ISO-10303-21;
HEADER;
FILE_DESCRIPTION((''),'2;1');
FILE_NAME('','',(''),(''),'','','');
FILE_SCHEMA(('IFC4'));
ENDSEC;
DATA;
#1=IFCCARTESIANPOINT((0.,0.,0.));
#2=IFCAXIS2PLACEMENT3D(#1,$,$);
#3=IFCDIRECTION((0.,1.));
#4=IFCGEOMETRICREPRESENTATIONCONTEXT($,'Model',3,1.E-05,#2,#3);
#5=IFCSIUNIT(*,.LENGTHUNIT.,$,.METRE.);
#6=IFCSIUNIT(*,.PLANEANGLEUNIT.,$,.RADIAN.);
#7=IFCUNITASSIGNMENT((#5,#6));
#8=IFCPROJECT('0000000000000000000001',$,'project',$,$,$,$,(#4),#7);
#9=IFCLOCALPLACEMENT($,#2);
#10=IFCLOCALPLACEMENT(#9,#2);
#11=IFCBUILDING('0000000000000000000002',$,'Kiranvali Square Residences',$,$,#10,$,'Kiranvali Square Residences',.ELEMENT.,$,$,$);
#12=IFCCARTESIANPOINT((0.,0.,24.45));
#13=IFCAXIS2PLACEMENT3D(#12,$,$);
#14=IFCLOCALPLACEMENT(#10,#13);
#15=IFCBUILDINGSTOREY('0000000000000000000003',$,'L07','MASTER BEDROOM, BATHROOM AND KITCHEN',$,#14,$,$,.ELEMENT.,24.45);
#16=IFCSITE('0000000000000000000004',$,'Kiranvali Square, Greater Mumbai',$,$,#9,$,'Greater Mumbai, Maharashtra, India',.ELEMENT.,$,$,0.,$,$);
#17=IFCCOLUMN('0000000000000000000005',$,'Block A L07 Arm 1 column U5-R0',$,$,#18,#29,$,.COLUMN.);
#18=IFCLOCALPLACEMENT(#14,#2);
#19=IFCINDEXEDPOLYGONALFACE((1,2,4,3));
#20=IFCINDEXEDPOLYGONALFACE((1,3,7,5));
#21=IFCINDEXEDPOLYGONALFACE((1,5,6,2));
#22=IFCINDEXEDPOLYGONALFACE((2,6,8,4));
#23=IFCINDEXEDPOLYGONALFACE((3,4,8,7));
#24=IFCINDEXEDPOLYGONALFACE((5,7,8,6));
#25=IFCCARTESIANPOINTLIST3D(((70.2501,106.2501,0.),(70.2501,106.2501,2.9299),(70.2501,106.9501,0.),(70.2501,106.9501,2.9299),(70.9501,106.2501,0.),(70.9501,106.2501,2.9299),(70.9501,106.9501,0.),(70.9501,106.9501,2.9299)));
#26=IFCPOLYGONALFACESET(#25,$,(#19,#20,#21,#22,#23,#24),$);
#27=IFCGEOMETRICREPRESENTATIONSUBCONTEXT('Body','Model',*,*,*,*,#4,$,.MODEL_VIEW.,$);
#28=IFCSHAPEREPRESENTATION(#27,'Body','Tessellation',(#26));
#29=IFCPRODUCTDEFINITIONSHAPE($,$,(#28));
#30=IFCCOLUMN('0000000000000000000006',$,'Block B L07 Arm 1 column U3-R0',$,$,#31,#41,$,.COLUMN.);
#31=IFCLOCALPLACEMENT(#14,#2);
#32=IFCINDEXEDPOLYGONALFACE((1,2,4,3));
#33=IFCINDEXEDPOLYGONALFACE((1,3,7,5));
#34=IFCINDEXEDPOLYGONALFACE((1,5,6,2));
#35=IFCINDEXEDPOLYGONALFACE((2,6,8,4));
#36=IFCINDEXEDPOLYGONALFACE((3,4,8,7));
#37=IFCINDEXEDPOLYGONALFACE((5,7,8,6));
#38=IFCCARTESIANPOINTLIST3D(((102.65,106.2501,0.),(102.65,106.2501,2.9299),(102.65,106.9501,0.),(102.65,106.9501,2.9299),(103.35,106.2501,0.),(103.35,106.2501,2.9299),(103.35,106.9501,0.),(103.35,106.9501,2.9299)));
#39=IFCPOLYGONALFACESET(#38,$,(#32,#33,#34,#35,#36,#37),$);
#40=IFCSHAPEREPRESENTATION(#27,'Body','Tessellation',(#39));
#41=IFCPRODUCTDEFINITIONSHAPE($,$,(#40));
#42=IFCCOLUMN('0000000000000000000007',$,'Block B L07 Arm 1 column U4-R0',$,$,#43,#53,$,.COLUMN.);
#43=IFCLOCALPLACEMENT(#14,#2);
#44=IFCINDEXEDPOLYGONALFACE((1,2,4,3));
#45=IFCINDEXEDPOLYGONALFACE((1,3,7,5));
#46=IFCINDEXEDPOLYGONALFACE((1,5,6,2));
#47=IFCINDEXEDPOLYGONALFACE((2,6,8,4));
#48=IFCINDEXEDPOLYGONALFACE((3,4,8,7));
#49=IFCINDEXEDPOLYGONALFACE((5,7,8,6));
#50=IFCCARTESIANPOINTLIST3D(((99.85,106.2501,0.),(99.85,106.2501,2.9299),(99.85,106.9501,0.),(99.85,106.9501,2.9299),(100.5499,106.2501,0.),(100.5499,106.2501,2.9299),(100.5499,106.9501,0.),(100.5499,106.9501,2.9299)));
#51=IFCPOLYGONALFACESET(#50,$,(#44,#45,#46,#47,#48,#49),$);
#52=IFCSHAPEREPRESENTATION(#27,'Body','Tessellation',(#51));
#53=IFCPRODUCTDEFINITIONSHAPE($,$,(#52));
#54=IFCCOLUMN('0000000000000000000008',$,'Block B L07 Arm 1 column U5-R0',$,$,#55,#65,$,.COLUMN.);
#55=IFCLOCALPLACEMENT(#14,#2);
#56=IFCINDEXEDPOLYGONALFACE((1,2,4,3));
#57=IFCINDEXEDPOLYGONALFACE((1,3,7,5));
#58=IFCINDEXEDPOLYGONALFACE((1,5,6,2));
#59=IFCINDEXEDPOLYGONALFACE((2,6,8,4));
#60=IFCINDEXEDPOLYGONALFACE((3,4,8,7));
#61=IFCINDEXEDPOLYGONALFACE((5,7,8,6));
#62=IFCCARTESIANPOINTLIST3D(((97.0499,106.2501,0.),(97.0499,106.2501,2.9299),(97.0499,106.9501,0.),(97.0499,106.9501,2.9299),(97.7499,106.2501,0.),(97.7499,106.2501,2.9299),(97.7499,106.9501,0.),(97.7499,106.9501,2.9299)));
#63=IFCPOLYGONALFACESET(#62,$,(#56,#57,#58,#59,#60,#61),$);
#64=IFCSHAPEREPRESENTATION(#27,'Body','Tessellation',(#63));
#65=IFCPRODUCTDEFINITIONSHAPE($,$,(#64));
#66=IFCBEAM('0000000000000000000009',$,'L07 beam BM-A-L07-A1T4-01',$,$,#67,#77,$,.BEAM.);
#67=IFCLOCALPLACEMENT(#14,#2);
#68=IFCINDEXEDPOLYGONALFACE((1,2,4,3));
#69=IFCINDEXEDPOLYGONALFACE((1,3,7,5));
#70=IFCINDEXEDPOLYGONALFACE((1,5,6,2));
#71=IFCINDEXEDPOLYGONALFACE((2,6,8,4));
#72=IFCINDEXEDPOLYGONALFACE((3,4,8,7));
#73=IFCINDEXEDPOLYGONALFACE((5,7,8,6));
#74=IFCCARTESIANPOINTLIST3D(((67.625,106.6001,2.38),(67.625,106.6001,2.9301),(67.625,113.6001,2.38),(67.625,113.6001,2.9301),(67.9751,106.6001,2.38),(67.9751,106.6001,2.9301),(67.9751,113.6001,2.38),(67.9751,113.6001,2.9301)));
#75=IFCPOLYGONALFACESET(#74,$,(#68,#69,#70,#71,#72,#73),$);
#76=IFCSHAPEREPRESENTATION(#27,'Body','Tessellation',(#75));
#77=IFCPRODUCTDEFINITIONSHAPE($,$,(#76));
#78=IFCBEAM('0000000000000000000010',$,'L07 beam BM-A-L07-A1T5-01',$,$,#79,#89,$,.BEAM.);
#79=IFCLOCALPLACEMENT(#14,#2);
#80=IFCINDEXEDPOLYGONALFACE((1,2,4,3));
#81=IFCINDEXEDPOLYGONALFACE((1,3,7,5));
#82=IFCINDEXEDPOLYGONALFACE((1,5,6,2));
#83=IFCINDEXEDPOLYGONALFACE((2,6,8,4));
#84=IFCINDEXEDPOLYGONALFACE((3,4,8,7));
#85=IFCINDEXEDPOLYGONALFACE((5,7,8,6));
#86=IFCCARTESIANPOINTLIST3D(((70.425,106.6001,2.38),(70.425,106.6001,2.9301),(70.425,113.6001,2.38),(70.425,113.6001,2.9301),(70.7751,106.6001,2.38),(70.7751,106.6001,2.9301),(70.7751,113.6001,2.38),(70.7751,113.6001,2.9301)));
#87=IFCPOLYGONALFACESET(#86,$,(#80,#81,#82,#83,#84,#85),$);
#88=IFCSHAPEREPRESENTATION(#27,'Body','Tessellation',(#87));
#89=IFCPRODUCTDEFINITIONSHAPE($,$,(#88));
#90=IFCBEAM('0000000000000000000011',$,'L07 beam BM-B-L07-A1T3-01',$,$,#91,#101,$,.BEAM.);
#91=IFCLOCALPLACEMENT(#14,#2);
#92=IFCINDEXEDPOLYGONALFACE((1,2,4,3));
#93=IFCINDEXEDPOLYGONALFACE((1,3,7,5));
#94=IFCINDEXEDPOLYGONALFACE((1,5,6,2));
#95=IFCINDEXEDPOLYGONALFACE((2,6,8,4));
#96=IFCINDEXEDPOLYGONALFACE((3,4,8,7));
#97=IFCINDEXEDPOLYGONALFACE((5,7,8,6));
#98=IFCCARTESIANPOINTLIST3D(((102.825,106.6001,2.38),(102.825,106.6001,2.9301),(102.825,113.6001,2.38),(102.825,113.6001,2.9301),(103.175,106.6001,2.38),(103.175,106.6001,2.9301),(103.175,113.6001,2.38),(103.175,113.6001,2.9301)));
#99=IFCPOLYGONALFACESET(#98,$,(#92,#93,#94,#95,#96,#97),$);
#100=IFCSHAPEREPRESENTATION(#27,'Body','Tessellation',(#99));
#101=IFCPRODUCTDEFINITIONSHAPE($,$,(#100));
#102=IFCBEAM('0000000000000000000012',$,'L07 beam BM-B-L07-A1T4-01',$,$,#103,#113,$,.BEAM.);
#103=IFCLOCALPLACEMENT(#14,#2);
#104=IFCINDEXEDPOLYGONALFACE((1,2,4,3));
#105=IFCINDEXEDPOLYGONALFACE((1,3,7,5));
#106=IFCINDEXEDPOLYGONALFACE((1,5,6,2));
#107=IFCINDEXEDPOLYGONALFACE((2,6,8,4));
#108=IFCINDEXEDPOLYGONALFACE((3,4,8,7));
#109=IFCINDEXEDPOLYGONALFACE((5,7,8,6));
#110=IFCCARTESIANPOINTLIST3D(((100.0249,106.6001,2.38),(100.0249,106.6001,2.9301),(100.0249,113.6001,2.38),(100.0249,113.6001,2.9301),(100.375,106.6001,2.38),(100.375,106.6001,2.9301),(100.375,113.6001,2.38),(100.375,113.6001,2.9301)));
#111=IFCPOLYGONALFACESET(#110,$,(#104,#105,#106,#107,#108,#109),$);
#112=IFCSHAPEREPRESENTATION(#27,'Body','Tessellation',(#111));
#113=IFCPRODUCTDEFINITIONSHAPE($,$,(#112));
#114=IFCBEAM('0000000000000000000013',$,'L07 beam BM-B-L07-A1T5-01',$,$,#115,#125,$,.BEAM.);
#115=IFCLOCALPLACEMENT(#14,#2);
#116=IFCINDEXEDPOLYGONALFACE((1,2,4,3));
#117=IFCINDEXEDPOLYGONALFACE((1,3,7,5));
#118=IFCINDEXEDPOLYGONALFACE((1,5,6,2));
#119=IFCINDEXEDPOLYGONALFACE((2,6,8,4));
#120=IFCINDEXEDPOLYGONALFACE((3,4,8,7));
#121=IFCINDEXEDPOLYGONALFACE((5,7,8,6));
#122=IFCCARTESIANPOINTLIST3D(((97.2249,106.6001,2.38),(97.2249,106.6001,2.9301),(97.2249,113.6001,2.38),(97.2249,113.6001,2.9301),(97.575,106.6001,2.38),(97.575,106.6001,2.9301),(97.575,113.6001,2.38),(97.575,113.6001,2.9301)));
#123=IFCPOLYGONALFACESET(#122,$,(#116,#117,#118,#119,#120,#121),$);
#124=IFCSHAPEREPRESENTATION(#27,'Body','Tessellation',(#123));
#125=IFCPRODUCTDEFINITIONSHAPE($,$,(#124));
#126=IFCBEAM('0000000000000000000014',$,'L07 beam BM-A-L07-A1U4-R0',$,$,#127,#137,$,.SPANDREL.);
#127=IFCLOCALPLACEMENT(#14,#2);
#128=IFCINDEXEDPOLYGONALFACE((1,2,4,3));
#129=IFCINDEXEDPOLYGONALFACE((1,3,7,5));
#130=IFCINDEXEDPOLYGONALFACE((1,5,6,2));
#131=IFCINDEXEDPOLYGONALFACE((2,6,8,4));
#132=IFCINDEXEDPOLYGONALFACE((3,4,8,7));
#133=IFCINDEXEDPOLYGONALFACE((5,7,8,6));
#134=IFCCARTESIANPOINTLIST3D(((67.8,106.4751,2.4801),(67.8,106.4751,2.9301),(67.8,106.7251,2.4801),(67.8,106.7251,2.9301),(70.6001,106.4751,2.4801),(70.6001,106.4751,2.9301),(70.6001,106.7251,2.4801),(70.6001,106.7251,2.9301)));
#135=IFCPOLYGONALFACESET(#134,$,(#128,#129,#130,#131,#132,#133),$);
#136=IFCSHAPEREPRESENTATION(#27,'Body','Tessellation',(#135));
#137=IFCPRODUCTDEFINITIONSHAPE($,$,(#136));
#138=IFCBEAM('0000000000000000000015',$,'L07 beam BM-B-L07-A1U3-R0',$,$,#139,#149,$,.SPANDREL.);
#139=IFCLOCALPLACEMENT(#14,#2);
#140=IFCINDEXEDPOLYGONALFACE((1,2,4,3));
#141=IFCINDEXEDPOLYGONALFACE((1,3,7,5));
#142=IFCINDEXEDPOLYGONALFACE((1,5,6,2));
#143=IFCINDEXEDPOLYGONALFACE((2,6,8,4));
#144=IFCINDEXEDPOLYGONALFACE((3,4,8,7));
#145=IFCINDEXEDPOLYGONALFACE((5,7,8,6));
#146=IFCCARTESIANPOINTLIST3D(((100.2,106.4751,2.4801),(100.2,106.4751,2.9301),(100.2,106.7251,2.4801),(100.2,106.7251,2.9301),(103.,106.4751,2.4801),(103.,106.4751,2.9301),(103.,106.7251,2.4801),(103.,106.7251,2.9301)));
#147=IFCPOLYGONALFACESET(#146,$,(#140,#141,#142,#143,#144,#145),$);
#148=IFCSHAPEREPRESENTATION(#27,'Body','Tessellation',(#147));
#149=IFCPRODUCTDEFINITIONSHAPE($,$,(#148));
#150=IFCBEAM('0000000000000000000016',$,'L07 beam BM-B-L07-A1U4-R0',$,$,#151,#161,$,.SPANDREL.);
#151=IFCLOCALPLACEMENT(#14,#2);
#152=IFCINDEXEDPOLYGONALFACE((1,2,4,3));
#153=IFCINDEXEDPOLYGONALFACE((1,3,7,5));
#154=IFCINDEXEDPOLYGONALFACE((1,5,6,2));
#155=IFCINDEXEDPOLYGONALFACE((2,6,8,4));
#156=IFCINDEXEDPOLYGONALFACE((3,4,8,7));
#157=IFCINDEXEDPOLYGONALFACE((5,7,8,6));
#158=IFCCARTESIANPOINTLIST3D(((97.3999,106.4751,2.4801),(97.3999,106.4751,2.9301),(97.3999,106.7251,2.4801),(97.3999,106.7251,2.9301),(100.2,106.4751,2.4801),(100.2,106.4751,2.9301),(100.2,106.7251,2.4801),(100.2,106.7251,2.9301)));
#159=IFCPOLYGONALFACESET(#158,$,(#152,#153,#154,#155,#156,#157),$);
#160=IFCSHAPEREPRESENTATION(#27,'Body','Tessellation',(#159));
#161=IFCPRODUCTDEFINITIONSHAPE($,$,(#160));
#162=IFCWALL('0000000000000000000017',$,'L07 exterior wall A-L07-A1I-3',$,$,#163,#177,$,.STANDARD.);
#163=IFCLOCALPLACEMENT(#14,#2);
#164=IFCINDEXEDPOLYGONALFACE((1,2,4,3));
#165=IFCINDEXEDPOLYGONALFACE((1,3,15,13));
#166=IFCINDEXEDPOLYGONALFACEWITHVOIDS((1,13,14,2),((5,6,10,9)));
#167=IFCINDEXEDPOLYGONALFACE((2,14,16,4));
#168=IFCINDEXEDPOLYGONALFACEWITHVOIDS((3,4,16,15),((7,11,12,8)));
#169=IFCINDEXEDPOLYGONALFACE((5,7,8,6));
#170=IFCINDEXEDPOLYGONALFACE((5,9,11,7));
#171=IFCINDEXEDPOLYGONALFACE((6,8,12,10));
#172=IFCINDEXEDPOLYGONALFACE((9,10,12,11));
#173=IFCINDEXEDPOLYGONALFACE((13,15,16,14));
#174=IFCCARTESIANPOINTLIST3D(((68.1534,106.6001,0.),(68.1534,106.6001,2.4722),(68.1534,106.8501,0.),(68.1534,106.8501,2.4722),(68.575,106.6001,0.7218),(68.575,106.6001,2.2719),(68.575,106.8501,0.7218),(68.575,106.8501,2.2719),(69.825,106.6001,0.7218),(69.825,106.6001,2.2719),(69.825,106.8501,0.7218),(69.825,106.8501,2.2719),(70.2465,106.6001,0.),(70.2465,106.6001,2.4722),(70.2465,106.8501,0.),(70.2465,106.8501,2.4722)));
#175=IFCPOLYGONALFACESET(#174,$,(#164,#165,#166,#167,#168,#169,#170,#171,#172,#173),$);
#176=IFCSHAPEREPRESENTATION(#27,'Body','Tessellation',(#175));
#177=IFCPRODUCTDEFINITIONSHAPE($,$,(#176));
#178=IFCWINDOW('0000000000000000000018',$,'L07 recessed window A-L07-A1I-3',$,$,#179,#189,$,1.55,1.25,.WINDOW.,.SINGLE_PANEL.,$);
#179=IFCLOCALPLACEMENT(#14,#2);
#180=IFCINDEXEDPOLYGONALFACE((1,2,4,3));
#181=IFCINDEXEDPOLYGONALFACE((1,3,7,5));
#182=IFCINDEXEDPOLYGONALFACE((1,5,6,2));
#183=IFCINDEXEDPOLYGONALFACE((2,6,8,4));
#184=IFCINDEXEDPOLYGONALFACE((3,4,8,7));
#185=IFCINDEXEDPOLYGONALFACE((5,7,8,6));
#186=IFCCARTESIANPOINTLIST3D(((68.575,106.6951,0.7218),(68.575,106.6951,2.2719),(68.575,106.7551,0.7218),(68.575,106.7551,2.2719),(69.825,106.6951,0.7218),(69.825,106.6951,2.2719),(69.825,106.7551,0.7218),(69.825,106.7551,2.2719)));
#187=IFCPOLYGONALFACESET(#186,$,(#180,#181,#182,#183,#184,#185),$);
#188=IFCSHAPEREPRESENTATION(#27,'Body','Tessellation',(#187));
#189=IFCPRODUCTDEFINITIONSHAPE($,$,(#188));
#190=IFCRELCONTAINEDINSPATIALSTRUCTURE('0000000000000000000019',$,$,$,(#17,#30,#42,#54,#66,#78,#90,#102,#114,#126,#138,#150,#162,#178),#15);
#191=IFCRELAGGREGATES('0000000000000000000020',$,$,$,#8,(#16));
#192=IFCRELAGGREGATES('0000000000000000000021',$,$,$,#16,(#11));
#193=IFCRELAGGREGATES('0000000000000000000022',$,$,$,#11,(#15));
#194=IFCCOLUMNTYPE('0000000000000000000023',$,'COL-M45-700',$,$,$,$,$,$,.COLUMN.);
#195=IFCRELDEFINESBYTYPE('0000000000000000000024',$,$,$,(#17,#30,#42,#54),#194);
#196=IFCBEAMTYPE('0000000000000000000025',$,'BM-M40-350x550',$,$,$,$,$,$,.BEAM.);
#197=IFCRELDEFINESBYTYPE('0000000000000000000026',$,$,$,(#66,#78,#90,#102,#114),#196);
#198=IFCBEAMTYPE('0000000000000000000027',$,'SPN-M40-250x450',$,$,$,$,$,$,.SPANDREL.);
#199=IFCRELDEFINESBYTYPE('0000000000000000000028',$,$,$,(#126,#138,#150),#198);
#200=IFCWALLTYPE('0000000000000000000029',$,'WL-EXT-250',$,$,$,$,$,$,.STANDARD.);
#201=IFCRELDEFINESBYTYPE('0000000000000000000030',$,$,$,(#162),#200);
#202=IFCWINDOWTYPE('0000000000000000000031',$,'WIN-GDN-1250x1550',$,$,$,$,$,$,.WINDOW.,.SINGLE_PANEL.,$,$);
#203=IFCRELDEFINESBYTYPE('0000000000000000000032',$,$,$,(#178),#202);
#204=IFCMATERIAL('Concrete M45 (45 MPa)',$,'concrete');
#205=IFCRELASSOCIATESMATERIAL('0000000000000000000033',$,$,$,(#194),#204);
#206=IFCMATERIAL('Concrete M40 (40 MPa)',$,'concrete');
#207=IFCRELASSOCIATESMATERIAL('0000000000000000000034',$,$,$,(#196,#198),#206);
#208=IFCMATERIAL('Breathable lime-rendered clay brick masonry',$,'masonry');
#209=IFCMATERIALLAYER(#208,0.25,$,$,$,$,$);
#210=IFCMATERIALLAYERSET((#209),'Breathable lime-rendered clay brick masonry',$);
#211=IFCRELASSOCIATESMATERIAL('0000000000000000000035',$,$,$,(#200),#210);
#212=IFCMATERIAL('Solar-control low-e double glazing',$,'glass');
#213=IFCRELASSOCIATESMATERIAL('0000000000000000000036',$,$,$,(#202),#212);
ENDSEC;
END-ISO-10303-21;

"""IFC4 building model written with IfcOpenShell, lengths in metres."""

from ifc_helpers import new_model, si_unit, direction, frame, frame_2d, origin, origin_2d, place, context, subcontext, project, spatial, rectangle, extrude, material, layer, layer_set, material_profile, profile_set, type_object, element, fill, save


model = new_model("IFC4")

# Units and contexts
model_context = context("Model", 3, precision=1e-05, world=origin(), true_north=direction((0.0, 1.0)))
body_context = subcontext(model_context, "Body", "Model", "MODEL_VIEW")
ifc_project = project(units=[si_unit("LENGTHUNIT", "METRE"), si_unit("PLANEANGLEUNIT", "RADIAN")], contexts=[model_context])

# Site, building, storey
site_placement = place(None, origin())
site = spatial("IfcSite", under=ifc_project, at=site_placement, Name="Kiranvali Square, Greater Mumbai", LongName="Greater Mumbai, Maharashtra, India", CompositionType="ELEMENT", RefElevation=0.0)
building_placement = place(site_placement, origin())
building = spatial("IfcBuilding", under=site, at=building_placement, Name="Kiranvali Square Residences", LongName="Kiranvali Square Residences", CompositionType="ELEMENT")
storey_placement = place(building_placement, frame((0.0, 0.0, 24.45)))
storey = spatial("IfcBuildingStorey", under=building, at=storey_placement, Name="L07", Description="MASTER BEDROOM, BATHROOM AND KITCHEN", CompositionType="ELEMENT", Elevation=24.45)

# Columns
ifc_material_1 = material(Name="Concrete M45 (45 MPa)", Category="concrete")
ifc_material_profile_1 = material_profile(ifc_material_1, rectangle(XDim=0.7, YDim=0.7, at=origin_2d()), Name="RC 700x700")
ifc_profile_set_1 = profile_set([ifc_material_profile_1], Name="Concrete M45 (45 MPa)")
column_type = type_object("IfcColumnType", Name="COL-M45-700", PredefinedType="COLUMN", material=ifc_profile_set_1)
for number, where, z_axis, x_axis, name in (
    (1, (70.6001, 106.6001, 0.0), (0.0, 0.0, 1.0), (1.0, 0.0, 0.0), "Block A L07 Arm 1 column U5-R0"),
    (2, (103.0, 106.6001, 0.0), (0.0, 0.0, 1.0), (1.0, 0.0, 0.0), "Block B L07 Arm 1 column U3-R0"),
    (3, (100.2, 106.6001, 0.0), (0.0, 0.0, 1.0), (1.0, 0.0, 0.0), "Block B L07 Arm 1 column U4-R0"),
    (4, (97.3999, 106.6001, 0.0), (0.0, 0.0, 1.0), (1.0, 0.0, 0.0), "Block B L07 Arm 1 column U5-R0"),
):
    element("IfcColumn", number, at=place(storey_placement, frame(where, z_axis=z_axis, x_axis=x_axis)), inside=storey, type_object=column_type, Name=name, PredefinedType="COLUMN", context=body_context, shape_type="SweptSolid", body=[
        extrude(rectangle(XDim=0.7, YDim=0.7, at=origin_2d()), origin(), (0.0, 0.0, 1.0), 2.9299),
    ])

# Beams
ifc_material_2 = material(Name="Concrete M40 (40 MPa)", Category="concrete")
ifc_material_profile_2 = material_profile(ifc_material_2, rectangle(XDim=0.3501, YDim=0.55, at=origin_2d()), Name="RC 350x550")
ifc_profile_set_2 = profile_set([ifc_material_profile_2], Name="Concrete M40 (40 MPa)")
beam_type_1 = type_object("IfcBeamType", Name="BM-M40-350x550", PredefinedType="BEAM", material=ifc_profile_set_2)
for number, where, z_axis, x_axis, name in (
    (5, (67.8, 106.6001, 2.655), (0.0, 1.0, 0.0), (-1.0, 0.0, 0.0), "L07 beam BM-A-L07-A1T4-01"),
    (6, (70.6001, 106.6001, 2.655), (0.0, 1.0, 0.0), (-1.0, 0.0, 0.0), "L07 beam BM-A-L07-A1T5-01"),
    (7, (103.0, 106.6001, 2.655), (0.0, 1.0, 0.0), (-1.0, 0.0, 0.0), "L07 beam BM-B-L07-A1T3-01"),
    (8, (100.2, 106.6001, 2.655), (0.0, 1.0, 0.0), (-1.0, 0.0, 0.0), "L07 beam BM-B-L07-A1T4-01"),
    (9, (97.3999, 106.6001, 2.655), (0.0, 1.0, 0.0), (-1.0, 0.0, 0.0), "L07 beam BM-B-L07-A1T5-01"),
):
    element("IfcBeam", number, at=place(storey_placement, frame(where, z_axis=z_axis, x_axis=x_axis)), inside=storey, type_object=beam_type_1, Name=name, PredefinedType="BEAM", context=body_context, shape_type="SweptSolid", body=[
        extrude(rectangle(XDim=0.3501, YDim=0.55, at=origin_2d()), origin(), (0.0, 0.0, 1.0), 7.0),
    ])
ifc_material_profile_3 = material_profile(ifc_material_2, rectangle(XDim=0.25, YDim=0.45, at=origin_2d()), Name="RC 250x450")
ifc_profile_set_3 = profile_set([ifc_material_profile_3], Name="Concrete M40 (40 MPa)")
beam_type_2 = type_object("IfcBeamType", Name="SPN-M40-250x450", PredefinedType="SPANDREL", material=ifc_profile_set_3)
for number, where, z_axis, x_axis, name in (
    (10, (67.8, 106.6001, 2.7051), (1.0, 0.0, 0.0), (0.0, 1.0, 0.0), "L07 beam BM-A-L07-A1U4-R0"),
    (11, (103.0, 106.6001, 2.7051), (-1.0, 0.0, 0.0), (0.0, -1.0, 0.0), "L07 beam BM-B-L07-A1U3-R0"),
    (12, (100.2, 106.6001, 2.7051), (-1.0, 0.0, 0.0), (0.0, -1.0, 0.0), "L07 beam BM-B-L07-A1U4-R0"),
):
    element("IfcBeam", number, at=place(storey_placement, frame(where, z_axis=z_axis, x_axis=x_axis)), inside=storey, type_object=beam_type_2, Name=name, PredefinedType="SPANDREL", context=body_context, shape_type="SweptSolid", body=[
        extrude(rectangle(XDim=0.25, YDim=0.45, at=origin_2d()), origin(), (0.0, 0.0, 1.0), 2.8),
    ])

# Wall, opening, window
ifc_material_3 = material(Name="Breathable lime-rendered clay brick masonry", Category="masonry")
ifc_layer_1 = layer(ifc_material_3, 0.25)
ifc_layer_set_1 = layer_set([ifc_layer_1], Name="Breathable lime-rendered clay brick masonry")
wall_type_1 = type_object("IfcWallType", Name="WL-EXT-250", PredefinedType="STANDARD", material=ifc_layer_set_1)
wall_1_placement = place(storey_placement, frame((68.1536, 106.7251, 0.0), z_axis=(0.0, 0.0, 1.0), x_axis=(1.0, 0.0, 0.0)))
wall_1 = element("IfcWall", 13, at=wall_1_placement, inside=storey, type_object=wall_type_1, Name="L07 exterior wall A-L07-A1I-3", PredefinedType="STANDARD", context=body_context, shape_type="SweptSolid", body=[
    extrude(rectangle(XDim=2.093, YDim=0.25, at=frame_2d((1.0464, 0.0))), origin(), (0.0, 0.0, 1.0), 2.4722),
])
opening_1_placement = place(wall_1_placement, frame((0.4214, 0.0, 0.7219)))
opening_1 = element("IfcOpeningElement", 14, at=opening_1_placement, cuts=wall_1, PredefinedType="OPENING", context=body_context, shape_type="SweptSolid", body=[
    extrude(rectangle(XDim=1.25, YDim=1.55, at=frame_2d((0.625, 0.7749))), frame((0.0, 0.135, 0.0), z_axis=(0.0, -1.0, 0.0), x_axis=(1.0, 0.0, 0.0)), (0.0, 0.0, 1.0), 0.27),
])
ifc_material_4 = material(Name="Solar-control low-e double glazing", Category="glass")
window_type_1 = type_object("IfcWindowType", Name="WIN-GDN-1250x1550", PartitioningType="SINGLE_PANEL", PredefinedType="WINDOW", material=ifc_material_4)
window_1_placement = place(opening_1_placement, origin())
window_1 = element("IfcWindow", 15, at=window_1_placement, inside=storey, type_object=window_type_1, Name="L07 recessed window A-L07-A1I-3", OverallHeight=1.55, OverallWidth=1.25, PartitioningType="SINGLE_PANEL", PredefinedType="WINDOW", context=body_context, shape_type="SweptSolid", body=[
    extrude(rectangle(XDim=1.25, YDim=1.55, at=frame_2d((0.625, 0.7749))), frame((0.0, 0.03, 0.0), z_axis=(0.0, -1.0, 0.0), x_axis=(1.0, 0.0, 0.0)), (0.0, 0.0, 1.0), 0.0601),
])
fill(opening_1, window_1)

save(model, "model.ifc")
